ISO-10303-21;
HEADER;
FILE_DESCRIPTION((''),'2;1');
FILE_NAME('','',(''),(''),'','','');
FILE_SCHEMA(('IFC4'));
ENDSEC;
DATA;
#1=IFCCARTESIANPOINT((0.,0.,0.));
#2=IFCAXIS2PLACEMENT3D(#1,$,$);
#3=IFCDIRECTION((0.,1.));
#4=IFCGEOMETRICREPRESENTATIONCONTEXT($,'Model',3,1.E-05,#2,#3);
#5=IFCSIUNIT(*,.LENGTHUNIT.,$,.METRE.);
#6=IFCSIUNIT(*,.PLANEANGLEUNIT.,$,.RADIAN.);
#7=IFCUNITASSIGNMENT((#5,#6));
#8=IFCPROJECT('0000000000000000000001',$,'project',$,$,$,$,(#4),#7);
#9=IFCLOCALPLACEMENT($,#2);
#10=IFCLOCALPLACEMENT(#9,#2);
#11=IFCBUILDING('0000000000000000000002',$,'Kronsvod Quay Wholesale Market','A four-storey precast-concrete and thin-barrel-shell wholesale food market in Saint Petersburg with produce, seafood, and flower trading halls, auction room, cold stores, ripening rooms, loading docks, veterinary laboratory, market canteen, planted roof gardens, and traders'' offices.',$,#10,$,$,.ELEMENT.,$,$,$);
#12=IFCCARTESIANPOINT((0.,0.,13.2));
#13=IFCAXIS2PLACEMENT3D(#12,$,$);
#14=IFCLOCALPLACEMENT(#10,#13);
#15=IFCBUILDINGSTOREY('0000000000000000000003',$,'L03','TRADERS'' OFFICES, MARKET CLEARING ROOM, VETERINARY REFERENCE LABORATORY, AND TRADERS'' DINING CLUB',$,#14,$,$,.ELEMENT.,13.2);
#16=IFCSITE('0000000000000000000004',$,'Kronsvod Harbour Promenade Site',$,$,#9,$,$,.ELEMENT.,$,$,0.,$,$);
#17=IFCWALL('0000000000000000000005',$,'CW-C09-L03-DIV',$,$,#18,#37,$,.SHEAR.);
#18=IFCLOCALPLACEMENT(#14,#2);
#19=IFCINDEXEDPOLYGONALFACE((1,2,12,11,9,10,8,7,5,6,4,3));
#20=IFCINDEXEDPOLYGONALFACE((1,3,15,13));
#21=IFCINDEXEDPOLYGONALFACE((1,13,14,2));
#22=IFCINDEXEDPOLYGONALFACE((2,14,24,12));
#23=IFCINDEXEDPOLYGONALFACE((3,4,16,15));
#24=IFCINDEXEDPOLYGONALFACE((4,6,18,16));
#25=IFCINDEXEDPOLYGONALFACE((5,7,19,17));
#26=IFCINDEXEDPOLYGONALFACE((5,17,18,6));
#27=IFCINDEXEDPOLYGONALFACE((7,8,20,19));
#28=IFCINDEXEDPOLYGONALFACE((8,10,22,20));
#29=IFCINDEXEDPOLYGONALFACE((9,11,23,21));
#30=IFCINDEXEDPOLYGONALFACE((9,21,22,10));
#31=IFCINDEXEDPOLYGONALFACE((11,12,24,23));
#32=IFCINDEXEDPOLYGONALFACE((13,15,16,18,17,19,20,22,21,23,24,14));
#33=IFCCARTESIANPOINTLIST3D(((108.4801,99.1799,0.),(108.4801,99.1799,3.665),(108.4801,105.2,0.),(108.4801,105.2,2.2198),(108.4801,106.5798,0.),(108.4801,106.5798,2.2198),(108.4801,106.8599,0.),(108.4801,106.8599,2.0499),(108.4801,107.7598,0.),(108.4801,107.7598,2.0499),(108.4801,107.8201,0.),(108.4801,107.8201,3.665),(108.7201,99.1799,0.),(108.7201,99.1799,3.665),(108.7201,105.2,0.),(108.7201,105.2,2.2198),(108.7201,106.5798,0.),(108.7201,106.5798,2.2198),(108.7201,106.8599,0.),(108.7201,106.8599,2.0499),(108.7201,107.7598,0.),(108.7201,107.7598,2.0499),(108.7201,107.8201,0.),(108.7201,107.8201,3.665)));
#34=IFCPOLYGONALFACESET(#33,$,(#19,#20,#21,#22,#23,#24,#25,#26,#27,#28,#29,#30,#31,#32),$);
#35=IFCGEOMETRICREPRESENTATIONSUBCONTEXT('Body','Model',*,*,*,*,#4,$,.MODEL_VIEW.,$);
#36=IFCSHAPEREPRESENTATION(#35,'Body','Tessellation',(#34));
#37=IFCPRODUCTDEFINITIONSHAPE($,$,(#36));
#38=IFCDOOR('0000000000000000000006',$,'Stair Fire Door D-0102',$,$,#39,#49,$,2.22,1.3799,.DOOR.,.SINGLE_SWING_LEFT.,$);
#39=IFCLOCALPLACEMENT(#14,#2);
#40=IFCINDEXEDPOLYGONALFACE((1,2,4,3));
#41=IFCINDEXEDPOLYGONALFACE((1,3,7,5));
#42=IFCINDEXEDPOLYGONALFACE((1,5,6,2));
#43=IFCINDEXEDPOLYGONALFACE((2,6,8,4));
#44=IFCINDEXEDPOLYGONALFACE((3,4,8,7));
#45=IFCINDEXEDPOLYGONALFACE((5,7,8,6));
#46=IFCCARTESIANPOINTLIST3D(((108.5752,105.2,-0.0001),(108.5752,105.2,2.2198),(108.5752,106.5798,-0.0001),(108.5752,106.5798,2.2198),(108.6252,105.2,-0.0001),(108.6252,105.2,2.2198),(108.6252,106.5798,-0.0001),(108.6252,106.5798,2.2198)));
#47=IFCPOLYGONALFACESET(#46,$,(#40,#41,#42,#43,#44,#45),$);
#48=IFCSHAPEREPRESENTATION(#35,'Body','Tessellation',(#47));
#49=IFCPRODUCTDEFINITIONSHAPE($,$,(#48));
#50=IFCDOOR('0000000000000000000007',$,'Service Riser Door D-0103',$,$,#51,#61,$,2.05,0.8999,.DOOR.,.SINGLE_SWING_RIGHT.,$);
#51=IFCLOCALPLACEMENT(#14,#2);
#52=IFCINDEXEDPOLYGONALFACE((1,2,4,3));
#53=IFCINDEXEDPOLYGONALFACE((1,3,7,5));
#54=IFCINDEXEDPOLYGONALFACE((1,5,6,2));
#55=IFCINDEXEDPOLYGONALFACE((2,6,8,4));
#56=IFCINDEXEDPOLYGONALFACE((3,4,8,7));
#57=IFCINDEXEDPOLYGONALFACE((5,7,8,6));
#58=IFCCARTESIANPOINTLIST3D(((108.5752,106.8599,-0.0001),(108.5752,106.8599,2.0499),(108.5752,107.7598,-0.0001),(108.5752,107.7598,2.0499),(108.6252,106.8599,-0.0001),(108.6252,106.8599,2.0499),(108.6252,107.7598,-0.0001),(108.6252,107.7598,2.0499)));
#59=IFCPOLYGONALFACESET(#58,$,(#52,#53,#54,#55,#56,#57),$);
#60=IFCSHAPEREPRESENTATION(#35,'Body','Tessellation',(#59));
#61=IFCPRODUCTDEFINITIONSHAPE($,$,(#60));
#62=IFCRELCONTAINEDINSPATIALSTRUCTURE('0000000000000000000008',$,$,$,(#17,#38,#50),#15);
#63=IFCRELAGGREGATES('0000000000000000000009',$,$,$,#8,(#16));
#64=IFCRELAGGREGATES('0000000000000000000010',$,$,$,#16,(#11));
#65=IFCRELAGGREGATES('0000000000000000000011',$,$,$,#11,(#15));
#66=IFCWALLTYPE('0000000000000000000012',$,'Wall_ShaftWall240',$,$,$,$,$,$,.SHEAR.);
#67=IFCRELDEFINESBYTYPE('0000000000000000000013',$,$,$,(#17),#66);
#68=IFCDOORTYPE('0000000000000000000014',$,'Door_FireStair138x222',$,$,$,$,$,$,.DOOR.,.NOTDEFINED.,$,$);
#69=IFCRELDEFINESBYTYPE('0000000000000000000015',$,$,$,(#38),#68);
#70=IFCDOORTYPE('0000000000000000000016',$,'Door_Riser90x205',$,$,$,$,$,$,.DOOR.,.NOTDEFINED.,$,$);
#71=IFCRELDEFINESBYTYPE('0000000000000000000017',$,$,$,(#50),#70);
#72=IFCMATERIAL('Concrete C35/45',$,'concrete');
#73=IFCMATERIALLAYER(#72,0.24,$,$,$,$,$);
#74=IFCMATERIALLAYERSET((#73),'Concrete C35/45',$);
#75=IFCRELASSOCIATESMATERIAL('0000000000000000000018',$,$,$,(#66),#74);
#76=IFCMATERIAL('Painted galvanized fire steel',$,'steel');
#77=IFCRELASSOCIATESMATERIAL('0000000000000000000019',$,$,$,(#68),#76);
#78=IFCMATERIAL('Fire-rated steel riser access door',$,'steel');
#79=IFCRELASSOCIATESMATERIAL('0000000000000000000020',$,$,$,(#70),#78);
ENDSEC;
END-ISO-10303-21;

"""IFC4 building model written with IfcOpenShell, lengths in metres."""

from ifc_helpers import new_model, si_unit, direction, frame, frame_2d, origin, place, context, subcontext, project, spatial, rectangle, extrude, material, layer, layer_set, type_object, element, fill, save


model = new_model("IFC4")

# Units and contexts
model_context = context("Model", 3, precision=1e-05, world=origin(), true_north=direction((0.0, 1.0)))
body_context = subcontext(model_context, "Body", "Model", "MODEL_VIEW")
ifc_project = project(units=[si_unit("LENGTHUNIT", "METRE"), si_unit("PLANEANGLEUNIT", "RADIAN")], contexts=[model_context])

# Site, building, storey
site_placement = place(None, origin())
site = spatial("IfcSite", under=ifc_project, at=site_placement, Name="Kronsvod Harbour Promenade Site", CompositionType="ELEMENT", RefElevation=0.0)
building_placement = place(site_placement, origin())
building = spatial("IfcBuilding", under=site, at=building_placement, Name="Kronsvod Quay Wholesale Market", Description="A four-storey precast-concrete and thin-barrel-shell wholesale food market in Saint Petersburg with produce, seafood, and flower trading halls, auction room, cold stores, ripening rooms, loading docks, veterinary laboratory, market canteen, planted roof gardens, and traders' offices.", CompositionType="ELEMENT")
storey_placement = place(building_placement, frame((0.0, 0.0, 13.2)))
storey = spatial("IfcBuildingStorey", under=building, at=storey_placement, Name="L03", Description="TRADERS' OFFICES, MARKET CLEARING ROOM, VETERINARY REFERENCE LABORATORY, AND TRADERS' DINING CLUB", CompositionType="ELEMENT", Elevation=13.2)

# Wall, openings, doors
ifc_material_1 = material(Name="Concrete C35/45", Category="concrete")
ifc_layer_1 = layer(ifc_material_1, 0.24)
ifc_layer_set_1 = layer_set([ifc_layer_1], Name="Concrete C35/45")
wall_type_1 = type_object("IfcWallType", Name="Wall_ShaftWall240", PredefinedType="SHEAR", material=ifc_layer_set_1)
wall_1_placement = place(storey_placement, frame((108.6001, 99.1799, 0.0), z_axis=(0.0, 0.0, 1.0), x_axis=(0.0, 1.0, 0.0)))
wall_1 = element("IfcWall", 1, at=wall_1_placement, inside=storey, type_object=wall_type_1, Name="CW-C09-L03-DIV", PredefinedType="SHEAR", context=body_context, shape_type="SweptSolid", body=[
    extrude(rectangle(XDim=8.6401, YDim=0.24, at=frame_2d((4.3201, 0.0))), origin(), (0.0, 0.0, 1.0), 3.665),
])
opening_1_placement = place(wall_1_placement, frame((6.02, 0.0, 0.0)))
opening_1 = element("IfcOpeningElement", 2, at=opening_1_placement, cuts=wall_1, PredefinedType="OPENING", context=body_context, shape_type="SweptSolid", body=[
    extrude(rectangle(XDim=1.3799, YDim=2.22, at=frame_2d((0.6899, 1.1099))), frame((0.0, 0.1299, 0.0), z_axis=(0.0, -1.0, 0.0), x_axis=(1.0, 0.0, 0.0)), (0.0, 0.0, 1.0), 0.26),
])
opening_2_placement = place(wall_1_placement, frame((7.6799, 0.0, 0.0)))
opening_2 = element("IfcOpeningElement", 3, at=opening_2_placement, cuts=wall_1, PredefinedType="OPENING", context=body_context, shape_type="SweptSolid", body=[
    extrude(rectangle(XDim=0.8999, YDim=2.05, at=frame_2d((0.45, 1.0249))), frame((0.0, 0.1299, 0.0), z_axis=(0.0, -1.0, 0.0), x_axis=(1.0, 0.0, 0.0)), (0.0, 0.0, 1.0), 0.26),
])
ifc_material_2 = material(Name="Painted galvanized fire steel", Category="steel")
door_type_1 = type_object("IfcDoorType", Name="Door_FireStair138x222", OperationType="NOTDEFINED", PredefinedType="DOOR", material=ifc_material_2)
door_1_placement = place(opening_1_placement, origin())
door_1 = element("IfcDoor", 4, at=door_1_placement, inside=storey, type_object=door_type_1, Name="Stair Fire Door D-0102", OperationType="SINGLE_SWING_LEFT", OverallHeight=2.22, OverallWidth=1.3799, PredefinedType="DOOR", context=body_context, shape_type="SweptSolid", body=[
    extrude(rectangle(XDim=1.3799, YDim=2.22, at=frame_2d((0.6899, 1.1099))), frame((0.0, 0.0249, 0.0), z_axis=(0.0, -1.0, 0.0), x_axis=(1.0, 0.0, 0.0)), (0.0, 0.0, 1.0), 0.05),
])
fill(opening_1, door_1)
ifc_material_3 = material(Name="Fire-rated steel riser access door", Category="steel")
door_type_2 = type_object("IfcDoorType", Name="Door_Riser90x205", OperationType="NOTDEFINED", PredefinedType="DOOR", material=ifc_material_3)
door_2_placement = place(opening_2_placement, origin())
door_2 = element("IfcDoor", 5, at=door_2_placement, inside=storey, type_object=door_type_2, Name="Service Riser Door D-0103", OperationType="SINGLE_SWING_RIGHT", OverallHeight=2.05, OverallWidth=0.8999, PredefinedType="DOOR", context=body_context, shape_type="SweptSolid", body=[
    extrude(rectangle(XDim=0.8999, YDim=2.05, at=frame_2d((0.45, 1.0249))), frame((0.0, 0.0249, 0.0), z_axis=(0.0, -1.0, 0.0), x_axis=(1.0, 0.0, 0.0)), (0.0, 0.0, 1.0), 0.05),
])
fill(opening_2, door_2)

save(model, "model.ifc")
